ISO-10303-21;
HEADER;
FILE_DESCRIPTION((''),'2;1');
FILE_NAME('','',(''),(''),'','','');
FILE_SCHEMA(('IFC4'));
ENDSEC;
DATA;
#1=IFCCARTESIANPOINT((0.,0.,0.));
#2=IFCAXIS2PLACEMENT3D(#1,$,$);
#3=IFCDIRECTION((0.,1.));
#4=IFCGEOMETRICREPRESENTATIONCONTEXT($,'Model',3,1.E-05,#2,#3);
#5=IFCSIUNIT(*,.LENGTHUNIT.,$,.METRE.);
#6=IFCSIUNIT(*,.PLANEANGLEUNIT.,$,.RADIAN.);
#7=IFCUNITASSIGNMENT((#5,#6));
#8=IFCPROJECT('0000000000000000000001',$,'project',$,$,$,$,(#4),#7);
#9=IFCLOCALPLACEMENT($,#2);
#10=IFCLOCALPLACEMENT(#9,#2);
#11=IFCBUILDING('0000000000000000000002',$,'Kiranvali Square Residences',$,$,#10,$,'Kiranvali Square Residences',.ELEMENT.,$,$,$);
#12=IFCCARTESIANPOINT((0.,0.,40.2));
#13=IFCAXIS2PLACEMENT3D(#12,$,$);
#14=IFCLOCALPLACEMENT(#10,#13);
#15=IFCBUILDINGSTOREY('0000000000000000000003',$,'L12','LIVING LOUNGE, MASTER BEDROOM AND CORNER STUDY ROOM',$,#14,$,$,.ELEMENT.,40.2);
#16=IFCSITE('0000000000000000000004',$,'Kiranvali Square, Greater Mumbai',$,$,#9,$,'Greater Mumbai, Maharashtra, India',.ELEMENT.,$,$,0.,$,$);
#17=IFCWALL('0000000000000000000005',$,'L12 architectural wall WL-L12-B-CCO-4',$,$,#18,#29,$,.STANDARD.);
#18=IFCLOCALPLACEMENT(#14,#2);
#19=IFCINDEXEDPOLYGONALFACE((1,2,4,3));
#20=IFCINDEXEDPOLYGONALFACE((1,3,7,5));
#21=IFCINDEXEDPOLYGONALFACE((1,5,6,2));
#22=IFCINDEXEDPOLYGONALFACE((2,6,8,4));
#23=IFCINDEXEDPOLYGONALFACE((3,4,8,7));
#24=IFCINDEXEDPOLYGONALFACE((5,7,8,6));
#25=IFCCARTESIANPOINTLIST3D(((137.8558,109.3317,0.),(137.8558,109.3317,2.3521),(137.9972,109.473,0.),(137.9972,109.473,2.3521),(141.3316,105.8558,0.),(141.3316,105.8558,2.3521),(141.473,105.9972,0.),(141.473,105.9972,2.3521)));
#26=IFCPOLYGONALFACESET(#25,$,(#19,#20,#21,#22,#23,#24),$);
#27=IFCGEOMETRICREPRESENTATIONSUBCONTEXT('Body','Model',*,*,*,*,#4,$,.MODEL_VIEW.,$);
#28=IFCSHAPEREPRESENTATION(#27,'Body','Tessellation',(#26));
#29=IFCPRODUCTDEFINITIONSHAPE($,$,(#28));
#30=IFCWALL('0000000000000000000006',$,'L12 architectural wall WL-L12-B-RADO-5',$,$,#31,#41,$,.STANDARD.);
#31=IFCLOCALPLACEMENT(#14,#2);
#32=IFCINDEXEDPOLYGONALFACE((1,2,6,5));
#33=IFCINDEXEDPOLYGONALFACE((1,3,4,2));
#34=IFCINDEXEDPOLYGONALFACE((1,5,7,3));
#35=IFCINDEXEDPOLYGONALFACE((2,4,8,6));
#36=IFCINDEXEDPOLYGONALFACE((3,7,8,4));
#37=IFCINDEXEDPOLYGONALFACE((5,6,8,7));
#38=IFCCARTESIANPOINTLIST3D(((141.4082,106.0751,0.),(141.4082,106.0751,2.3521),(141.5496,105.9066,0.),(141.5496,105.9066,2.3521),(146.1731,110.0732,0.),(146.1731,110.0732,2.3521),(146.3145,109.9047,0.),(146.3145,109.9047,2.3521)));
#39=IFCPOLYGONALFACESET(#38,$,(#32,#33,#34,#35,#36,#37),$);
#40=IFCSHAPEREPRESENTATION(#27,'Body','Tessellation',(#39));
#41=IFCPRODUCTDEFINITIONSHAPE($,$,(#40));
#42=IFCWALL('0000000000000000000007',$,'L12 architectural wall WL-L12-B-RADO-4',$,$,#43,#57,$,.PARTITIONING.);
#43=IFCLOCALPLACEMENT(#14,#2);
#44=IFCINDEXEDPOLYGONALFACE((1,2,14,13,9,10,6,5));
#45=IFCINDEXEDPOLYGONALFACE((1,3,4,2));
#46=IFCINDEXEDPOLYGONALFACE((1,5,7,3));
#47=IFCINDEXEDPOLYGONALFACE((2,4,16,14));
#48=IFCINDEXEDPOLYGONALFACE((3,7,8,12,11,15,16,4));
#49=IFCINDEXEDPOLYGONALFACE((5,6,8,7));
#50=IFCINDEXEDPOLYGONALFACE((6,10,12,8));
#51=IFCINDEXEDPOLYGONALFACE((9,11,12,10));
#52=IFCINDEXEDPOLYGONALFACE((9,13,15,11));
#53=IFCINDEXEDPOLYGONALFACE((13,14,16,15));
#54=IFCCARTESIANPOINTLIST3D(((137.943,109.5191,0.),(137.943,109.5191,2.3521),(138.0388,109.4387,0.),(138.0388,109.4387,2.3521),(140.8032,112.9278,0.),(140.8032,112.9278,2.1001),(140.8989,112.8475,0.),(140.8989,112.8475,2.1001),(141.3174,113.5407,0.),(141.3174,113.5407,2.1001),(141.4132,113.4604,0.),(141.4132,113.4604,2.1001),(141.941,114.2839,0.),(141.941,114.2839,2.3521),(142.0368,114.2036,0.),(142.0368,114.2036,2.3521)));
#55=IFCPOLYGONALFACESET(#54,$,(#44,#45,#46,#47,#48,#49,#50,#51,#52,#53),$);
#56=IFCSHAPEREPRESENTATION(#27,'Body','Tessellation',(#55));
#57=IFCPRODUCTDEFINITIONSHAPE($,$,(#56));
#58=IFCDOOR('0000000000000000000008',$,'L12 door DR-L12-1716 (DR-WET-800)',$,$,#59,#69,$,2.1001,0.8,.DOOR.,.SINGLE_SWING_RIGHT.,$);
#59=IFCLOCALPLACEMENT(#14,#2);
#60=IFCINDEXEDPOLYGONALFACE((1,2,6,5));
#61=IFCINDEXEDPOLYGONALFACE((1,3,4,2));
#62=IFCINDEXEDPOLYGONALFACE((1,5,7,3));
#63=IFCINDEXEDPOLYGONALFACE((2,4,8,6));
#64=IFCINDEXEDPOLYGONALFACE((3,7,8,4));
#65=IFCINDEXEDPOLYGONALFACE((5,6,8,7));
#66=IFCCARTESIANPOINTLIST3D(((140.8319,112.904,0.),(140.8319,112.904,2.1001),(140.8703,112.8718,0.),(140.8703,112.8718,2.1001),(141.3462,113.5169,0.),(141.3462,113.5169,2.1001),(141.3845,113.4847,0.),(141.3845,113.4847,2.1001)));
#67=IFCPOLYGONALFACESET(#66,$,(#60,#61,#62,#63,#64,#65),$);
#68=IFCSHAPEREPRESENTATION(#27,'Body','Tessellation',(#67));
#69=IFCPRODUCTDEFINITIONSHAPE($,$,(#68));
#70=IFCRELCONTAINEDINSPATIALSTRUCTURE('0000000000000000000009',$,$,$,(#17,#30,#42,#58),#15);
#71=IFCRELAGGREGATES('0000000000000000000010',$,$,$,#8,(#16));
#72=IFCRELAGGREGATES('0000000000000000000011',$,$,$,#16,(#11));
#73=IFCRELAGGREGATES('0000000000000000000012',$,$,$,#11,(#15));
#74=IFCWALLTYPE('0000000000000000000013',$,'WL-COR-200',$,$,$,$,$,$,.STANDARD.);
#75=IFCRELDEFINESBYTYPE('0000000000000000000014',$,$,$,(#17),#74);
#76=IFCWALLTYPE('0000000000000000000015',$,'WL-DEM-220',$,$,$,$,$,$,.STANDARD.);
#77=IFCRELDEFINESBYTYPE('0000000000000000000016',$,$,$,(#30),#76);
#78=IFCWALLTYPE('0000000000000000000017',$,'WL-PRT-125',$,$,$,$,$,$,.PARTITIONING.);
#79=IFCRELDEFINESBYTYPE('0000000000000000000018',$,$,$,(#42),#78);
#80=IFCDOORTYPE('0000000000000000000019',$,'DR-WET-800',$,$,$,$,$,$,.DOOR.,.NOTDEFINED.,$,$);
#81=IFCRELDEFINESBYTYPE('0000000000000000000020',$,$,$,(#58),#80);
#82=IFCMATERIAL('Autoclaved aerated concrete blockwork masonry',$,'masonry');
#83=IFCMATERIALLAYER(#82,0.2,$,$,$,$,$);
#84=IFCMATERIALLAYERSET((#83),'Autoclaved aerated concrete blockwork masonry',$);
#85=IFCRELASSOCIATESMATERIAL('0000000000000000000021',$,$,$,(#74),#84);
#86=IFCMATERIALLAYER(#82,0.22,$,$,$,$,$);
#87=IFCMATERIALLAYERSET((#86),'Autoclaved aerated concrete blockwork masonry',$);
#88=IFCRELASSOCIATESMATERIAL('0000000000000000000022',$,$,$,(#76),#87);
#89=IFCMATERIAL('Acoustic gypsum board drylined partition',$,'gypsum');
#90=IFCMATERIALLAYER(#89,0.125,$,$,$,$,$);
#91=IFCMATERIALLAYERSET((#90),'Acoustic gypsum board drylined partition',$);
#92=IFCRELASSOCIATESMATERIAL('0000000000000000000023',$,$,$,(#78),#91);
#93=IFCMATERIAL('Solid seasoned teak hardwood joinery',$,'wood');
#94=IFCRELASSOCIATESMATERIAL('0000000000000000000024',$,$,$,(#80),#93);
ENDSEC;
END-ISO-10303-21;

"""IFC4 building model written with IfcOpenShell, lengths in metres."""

from ifc_helpers import new_model, si_unit, direction, frame, frame_2d, origin, place, context, subcontext, project, spatial, rectangle, extrude, material, layer, layer_set, type_object, element, fill, save


model = new_model("IFC4")

# Units and contexts
model_context = context("Model", 3, precision=1e-05, world=origin(), true_north=direction((0.0, 1.0)))
body_context = subcontext(model_context, "Body", "Model", "MODEL_VIEW")
ifc_project = project(units=[si_unit("LENGTHUNIT", "METRE"), si_unit("PLANEANGLEUNIT", "RADIAN")], contexts=[model_context])

# Site, building, storey
site_placement = place(None, origin())
site = spatial("IfcSite", under=ifc_project, at=site_placement, Name="Kiranvali Square, Greater Mumbai", LongName="Greater Mumbai, Maharashtra, India", CompositionType="ELEMENT", RefElevation=0.0)
building_placement = place(site_placement, origin())
building = spatial("IfcBuilding", under=site, at=building_placement, Name="Kiranvali Square Residences", LongName="Kiranvali Square Residences", CompositionType="ELEMENT")
storey_placement = place(building_placement, frame((0.0, 0.0, 40.2)))
storey = spatial("IfcBuildingStorey", under=building, at=storey_placement, Name="L12", Description="LIVING LOUNGE, MASTER BEDROOM AND CORNER STUDY ROOM", CompositionType="ELEMENT", Elevation=40.2)

# Wall
ifc_material_1 = material(Name="Autoclaved aerated concrete blockwork masonry", Category="masonry")
ifc_layer_1 = layer(ifc_material_1, 0.2)
ifc_layer_set_1 = layer_set([ifc_layer_1], Name="Autoclaved aerated concrete blockwork masonry")
wall_type_1 = type_object("IfcWallType", Name="WL-COR-200", PredefinedType="STANDARD", material=ifc_layer_set_1)
wall_1_placement = place(storey_placement, frame((137.9265, 109.4023, 0.0), z_axis=(0.0, 0.0, 1.0), x_axis=(0.707107, -0.707107, 0.0)))
element("IfcWall", 1, at=wall_1_placement, inside=storey, type_object=wall_type_1, Name="L12 architectural wall WL-L12-B-CCO-4", PredefinedType="STANDARD", context=body_context, shape_type="SweptSolid", body=[
    extrude(rectangle(XDim=4.9155, YDim=0.2, at=frame_2d((2.4578, 0.0))), origin(), (0.0, 0.0, 1.0), 2.3521),
])

# Wall
ifc_layer_2 = layer(ifc_material_1, 0.22)
ifc_layer_set_2 = layer_set([ifc_layer_2], Name="Autoclaved aerated concrete blockwork masonry")
wall_type_2 = type_object("IfcWallType", Name="WL-DEM-220", PredefinedType="STANDARD", material=ifc_layer_set_2)
wall_2_placement = place(storey_placement, frame((141.479, 105.991, 0.0), z_axis=(0.0, 0.0, 1.0), x_axis=(0.766058, 0.642771, 0.0)))
element("IfcWall", 2, at=wall_2_placement, inside=storey, type_object=wall_type_2, Name="L12 architectural wall WL-L12-B-RADO-5", PredefinedType="STANDARD", context=body_context, shape_type="SweptSolid", body=[
    extrude(rectangle(XDim=6.22, YDim=0.22, at=frame_2d((3.1099, 0.0))), origin(), (0.0, 0.0, 1.0), 2.3521),
])

# Wall, opening, door
ifc_material_2 = material(Name="Acoustic gypsum board drylined partition", Category="gypsum")
ifc_layer_3 = layer(ifc_material_2, 0.125)
ifc_layer_set_3 = layer_set([ifc_layer_3], Name="Acoustic gypsum board drylined partition")
wall_type_3 = type_object("IfcWallType", Name="WL-PRT-125", PredefinedType="PARTITIONING", material=ifc_layer_set_3)
wall_3_placement = place(storey_placement, frame((137.991, 109.479, 0.0), z_axis=(0.0, 0.0, 1.0), x_axis=(0.642771, 0.766058, 0.0)))
wall_3 = element("IfcWall", 3, at=wall_3_placement, inside=storey, type_object=wall_type_3, Name="L12 architectural wall WL-L12-B-RADO-4", PredefinedType="PARTITIONING", context=body_context, shape_type="SweptSolid", body=[
    extrude(rectangle(XDim=6.22, YDim=0.125, at=frame_2d((3.1099, 0.0))), origin(), (0.0, 0.0, 1.0), 2.3521),
])
opening_1_placement = place(wall_3_placement, frame((4.4497, 0.0, 0.0)))
opening_1 = element("IfcOpeningElement", 4, at=opening_1_placement, cuts=wall_3, PredefinedType="OPENING", context=body_context, shape_type="SweptSolid", body=[
    extrude(rectangle(XDim=0.8, YDim=2.1001, at=frame_2d((0.3999, 1.05))), frame((0.0, 0.0725, 0.0), z_axis=(0.0, -1.0, 0.0), x_axis=(1.0, 0.0, 0.0)), (0.0, 0.0, 1.0), 0.145),
])
ifc_material_3 = material(Name="Solid seasoned teak hardwood joinery", Category="wood")
door_type_1 = type_object("IfcDoorType", Name="DR-WET-800", OperationType="NOTDEFINED", PredefinedType="DOOR", material=ifc_material_3)
door_1_placement = place(opening_1_placement, frame((0.8, 0.0, 0.0), z_axis=(0.0, 0.0, 1.0), x_axis=(-1.0, 0.0, 0.0)))
door_1 = element("IfcDoor", 5, at=door_1_placement, inside=storey, type_object=door_type_1, Name="L12 door DR-L12-1716 (DR-WET-800)", OperationType="SINGLE_SWING_RIGHT", OverallHeight=2.1001, OverallWidth=0.8, PredefinedType="DOOR", context=body_context, shape_type="SweptSolid", body=[
    extrude(rectangle(XDim=0.8, YDim=2.1001, at=frame_2d((0.3999, 1.05))), frame((0.0, 0.0249, 0.0), z_axis=(0.0, -1.0, 0.0), x_axis=(1.0, 0.0, 0.0)), (0.0, 0.0, 1.0), 0.05),
])
fill(opening_1, door_1)

save(model, "model.ifc")
